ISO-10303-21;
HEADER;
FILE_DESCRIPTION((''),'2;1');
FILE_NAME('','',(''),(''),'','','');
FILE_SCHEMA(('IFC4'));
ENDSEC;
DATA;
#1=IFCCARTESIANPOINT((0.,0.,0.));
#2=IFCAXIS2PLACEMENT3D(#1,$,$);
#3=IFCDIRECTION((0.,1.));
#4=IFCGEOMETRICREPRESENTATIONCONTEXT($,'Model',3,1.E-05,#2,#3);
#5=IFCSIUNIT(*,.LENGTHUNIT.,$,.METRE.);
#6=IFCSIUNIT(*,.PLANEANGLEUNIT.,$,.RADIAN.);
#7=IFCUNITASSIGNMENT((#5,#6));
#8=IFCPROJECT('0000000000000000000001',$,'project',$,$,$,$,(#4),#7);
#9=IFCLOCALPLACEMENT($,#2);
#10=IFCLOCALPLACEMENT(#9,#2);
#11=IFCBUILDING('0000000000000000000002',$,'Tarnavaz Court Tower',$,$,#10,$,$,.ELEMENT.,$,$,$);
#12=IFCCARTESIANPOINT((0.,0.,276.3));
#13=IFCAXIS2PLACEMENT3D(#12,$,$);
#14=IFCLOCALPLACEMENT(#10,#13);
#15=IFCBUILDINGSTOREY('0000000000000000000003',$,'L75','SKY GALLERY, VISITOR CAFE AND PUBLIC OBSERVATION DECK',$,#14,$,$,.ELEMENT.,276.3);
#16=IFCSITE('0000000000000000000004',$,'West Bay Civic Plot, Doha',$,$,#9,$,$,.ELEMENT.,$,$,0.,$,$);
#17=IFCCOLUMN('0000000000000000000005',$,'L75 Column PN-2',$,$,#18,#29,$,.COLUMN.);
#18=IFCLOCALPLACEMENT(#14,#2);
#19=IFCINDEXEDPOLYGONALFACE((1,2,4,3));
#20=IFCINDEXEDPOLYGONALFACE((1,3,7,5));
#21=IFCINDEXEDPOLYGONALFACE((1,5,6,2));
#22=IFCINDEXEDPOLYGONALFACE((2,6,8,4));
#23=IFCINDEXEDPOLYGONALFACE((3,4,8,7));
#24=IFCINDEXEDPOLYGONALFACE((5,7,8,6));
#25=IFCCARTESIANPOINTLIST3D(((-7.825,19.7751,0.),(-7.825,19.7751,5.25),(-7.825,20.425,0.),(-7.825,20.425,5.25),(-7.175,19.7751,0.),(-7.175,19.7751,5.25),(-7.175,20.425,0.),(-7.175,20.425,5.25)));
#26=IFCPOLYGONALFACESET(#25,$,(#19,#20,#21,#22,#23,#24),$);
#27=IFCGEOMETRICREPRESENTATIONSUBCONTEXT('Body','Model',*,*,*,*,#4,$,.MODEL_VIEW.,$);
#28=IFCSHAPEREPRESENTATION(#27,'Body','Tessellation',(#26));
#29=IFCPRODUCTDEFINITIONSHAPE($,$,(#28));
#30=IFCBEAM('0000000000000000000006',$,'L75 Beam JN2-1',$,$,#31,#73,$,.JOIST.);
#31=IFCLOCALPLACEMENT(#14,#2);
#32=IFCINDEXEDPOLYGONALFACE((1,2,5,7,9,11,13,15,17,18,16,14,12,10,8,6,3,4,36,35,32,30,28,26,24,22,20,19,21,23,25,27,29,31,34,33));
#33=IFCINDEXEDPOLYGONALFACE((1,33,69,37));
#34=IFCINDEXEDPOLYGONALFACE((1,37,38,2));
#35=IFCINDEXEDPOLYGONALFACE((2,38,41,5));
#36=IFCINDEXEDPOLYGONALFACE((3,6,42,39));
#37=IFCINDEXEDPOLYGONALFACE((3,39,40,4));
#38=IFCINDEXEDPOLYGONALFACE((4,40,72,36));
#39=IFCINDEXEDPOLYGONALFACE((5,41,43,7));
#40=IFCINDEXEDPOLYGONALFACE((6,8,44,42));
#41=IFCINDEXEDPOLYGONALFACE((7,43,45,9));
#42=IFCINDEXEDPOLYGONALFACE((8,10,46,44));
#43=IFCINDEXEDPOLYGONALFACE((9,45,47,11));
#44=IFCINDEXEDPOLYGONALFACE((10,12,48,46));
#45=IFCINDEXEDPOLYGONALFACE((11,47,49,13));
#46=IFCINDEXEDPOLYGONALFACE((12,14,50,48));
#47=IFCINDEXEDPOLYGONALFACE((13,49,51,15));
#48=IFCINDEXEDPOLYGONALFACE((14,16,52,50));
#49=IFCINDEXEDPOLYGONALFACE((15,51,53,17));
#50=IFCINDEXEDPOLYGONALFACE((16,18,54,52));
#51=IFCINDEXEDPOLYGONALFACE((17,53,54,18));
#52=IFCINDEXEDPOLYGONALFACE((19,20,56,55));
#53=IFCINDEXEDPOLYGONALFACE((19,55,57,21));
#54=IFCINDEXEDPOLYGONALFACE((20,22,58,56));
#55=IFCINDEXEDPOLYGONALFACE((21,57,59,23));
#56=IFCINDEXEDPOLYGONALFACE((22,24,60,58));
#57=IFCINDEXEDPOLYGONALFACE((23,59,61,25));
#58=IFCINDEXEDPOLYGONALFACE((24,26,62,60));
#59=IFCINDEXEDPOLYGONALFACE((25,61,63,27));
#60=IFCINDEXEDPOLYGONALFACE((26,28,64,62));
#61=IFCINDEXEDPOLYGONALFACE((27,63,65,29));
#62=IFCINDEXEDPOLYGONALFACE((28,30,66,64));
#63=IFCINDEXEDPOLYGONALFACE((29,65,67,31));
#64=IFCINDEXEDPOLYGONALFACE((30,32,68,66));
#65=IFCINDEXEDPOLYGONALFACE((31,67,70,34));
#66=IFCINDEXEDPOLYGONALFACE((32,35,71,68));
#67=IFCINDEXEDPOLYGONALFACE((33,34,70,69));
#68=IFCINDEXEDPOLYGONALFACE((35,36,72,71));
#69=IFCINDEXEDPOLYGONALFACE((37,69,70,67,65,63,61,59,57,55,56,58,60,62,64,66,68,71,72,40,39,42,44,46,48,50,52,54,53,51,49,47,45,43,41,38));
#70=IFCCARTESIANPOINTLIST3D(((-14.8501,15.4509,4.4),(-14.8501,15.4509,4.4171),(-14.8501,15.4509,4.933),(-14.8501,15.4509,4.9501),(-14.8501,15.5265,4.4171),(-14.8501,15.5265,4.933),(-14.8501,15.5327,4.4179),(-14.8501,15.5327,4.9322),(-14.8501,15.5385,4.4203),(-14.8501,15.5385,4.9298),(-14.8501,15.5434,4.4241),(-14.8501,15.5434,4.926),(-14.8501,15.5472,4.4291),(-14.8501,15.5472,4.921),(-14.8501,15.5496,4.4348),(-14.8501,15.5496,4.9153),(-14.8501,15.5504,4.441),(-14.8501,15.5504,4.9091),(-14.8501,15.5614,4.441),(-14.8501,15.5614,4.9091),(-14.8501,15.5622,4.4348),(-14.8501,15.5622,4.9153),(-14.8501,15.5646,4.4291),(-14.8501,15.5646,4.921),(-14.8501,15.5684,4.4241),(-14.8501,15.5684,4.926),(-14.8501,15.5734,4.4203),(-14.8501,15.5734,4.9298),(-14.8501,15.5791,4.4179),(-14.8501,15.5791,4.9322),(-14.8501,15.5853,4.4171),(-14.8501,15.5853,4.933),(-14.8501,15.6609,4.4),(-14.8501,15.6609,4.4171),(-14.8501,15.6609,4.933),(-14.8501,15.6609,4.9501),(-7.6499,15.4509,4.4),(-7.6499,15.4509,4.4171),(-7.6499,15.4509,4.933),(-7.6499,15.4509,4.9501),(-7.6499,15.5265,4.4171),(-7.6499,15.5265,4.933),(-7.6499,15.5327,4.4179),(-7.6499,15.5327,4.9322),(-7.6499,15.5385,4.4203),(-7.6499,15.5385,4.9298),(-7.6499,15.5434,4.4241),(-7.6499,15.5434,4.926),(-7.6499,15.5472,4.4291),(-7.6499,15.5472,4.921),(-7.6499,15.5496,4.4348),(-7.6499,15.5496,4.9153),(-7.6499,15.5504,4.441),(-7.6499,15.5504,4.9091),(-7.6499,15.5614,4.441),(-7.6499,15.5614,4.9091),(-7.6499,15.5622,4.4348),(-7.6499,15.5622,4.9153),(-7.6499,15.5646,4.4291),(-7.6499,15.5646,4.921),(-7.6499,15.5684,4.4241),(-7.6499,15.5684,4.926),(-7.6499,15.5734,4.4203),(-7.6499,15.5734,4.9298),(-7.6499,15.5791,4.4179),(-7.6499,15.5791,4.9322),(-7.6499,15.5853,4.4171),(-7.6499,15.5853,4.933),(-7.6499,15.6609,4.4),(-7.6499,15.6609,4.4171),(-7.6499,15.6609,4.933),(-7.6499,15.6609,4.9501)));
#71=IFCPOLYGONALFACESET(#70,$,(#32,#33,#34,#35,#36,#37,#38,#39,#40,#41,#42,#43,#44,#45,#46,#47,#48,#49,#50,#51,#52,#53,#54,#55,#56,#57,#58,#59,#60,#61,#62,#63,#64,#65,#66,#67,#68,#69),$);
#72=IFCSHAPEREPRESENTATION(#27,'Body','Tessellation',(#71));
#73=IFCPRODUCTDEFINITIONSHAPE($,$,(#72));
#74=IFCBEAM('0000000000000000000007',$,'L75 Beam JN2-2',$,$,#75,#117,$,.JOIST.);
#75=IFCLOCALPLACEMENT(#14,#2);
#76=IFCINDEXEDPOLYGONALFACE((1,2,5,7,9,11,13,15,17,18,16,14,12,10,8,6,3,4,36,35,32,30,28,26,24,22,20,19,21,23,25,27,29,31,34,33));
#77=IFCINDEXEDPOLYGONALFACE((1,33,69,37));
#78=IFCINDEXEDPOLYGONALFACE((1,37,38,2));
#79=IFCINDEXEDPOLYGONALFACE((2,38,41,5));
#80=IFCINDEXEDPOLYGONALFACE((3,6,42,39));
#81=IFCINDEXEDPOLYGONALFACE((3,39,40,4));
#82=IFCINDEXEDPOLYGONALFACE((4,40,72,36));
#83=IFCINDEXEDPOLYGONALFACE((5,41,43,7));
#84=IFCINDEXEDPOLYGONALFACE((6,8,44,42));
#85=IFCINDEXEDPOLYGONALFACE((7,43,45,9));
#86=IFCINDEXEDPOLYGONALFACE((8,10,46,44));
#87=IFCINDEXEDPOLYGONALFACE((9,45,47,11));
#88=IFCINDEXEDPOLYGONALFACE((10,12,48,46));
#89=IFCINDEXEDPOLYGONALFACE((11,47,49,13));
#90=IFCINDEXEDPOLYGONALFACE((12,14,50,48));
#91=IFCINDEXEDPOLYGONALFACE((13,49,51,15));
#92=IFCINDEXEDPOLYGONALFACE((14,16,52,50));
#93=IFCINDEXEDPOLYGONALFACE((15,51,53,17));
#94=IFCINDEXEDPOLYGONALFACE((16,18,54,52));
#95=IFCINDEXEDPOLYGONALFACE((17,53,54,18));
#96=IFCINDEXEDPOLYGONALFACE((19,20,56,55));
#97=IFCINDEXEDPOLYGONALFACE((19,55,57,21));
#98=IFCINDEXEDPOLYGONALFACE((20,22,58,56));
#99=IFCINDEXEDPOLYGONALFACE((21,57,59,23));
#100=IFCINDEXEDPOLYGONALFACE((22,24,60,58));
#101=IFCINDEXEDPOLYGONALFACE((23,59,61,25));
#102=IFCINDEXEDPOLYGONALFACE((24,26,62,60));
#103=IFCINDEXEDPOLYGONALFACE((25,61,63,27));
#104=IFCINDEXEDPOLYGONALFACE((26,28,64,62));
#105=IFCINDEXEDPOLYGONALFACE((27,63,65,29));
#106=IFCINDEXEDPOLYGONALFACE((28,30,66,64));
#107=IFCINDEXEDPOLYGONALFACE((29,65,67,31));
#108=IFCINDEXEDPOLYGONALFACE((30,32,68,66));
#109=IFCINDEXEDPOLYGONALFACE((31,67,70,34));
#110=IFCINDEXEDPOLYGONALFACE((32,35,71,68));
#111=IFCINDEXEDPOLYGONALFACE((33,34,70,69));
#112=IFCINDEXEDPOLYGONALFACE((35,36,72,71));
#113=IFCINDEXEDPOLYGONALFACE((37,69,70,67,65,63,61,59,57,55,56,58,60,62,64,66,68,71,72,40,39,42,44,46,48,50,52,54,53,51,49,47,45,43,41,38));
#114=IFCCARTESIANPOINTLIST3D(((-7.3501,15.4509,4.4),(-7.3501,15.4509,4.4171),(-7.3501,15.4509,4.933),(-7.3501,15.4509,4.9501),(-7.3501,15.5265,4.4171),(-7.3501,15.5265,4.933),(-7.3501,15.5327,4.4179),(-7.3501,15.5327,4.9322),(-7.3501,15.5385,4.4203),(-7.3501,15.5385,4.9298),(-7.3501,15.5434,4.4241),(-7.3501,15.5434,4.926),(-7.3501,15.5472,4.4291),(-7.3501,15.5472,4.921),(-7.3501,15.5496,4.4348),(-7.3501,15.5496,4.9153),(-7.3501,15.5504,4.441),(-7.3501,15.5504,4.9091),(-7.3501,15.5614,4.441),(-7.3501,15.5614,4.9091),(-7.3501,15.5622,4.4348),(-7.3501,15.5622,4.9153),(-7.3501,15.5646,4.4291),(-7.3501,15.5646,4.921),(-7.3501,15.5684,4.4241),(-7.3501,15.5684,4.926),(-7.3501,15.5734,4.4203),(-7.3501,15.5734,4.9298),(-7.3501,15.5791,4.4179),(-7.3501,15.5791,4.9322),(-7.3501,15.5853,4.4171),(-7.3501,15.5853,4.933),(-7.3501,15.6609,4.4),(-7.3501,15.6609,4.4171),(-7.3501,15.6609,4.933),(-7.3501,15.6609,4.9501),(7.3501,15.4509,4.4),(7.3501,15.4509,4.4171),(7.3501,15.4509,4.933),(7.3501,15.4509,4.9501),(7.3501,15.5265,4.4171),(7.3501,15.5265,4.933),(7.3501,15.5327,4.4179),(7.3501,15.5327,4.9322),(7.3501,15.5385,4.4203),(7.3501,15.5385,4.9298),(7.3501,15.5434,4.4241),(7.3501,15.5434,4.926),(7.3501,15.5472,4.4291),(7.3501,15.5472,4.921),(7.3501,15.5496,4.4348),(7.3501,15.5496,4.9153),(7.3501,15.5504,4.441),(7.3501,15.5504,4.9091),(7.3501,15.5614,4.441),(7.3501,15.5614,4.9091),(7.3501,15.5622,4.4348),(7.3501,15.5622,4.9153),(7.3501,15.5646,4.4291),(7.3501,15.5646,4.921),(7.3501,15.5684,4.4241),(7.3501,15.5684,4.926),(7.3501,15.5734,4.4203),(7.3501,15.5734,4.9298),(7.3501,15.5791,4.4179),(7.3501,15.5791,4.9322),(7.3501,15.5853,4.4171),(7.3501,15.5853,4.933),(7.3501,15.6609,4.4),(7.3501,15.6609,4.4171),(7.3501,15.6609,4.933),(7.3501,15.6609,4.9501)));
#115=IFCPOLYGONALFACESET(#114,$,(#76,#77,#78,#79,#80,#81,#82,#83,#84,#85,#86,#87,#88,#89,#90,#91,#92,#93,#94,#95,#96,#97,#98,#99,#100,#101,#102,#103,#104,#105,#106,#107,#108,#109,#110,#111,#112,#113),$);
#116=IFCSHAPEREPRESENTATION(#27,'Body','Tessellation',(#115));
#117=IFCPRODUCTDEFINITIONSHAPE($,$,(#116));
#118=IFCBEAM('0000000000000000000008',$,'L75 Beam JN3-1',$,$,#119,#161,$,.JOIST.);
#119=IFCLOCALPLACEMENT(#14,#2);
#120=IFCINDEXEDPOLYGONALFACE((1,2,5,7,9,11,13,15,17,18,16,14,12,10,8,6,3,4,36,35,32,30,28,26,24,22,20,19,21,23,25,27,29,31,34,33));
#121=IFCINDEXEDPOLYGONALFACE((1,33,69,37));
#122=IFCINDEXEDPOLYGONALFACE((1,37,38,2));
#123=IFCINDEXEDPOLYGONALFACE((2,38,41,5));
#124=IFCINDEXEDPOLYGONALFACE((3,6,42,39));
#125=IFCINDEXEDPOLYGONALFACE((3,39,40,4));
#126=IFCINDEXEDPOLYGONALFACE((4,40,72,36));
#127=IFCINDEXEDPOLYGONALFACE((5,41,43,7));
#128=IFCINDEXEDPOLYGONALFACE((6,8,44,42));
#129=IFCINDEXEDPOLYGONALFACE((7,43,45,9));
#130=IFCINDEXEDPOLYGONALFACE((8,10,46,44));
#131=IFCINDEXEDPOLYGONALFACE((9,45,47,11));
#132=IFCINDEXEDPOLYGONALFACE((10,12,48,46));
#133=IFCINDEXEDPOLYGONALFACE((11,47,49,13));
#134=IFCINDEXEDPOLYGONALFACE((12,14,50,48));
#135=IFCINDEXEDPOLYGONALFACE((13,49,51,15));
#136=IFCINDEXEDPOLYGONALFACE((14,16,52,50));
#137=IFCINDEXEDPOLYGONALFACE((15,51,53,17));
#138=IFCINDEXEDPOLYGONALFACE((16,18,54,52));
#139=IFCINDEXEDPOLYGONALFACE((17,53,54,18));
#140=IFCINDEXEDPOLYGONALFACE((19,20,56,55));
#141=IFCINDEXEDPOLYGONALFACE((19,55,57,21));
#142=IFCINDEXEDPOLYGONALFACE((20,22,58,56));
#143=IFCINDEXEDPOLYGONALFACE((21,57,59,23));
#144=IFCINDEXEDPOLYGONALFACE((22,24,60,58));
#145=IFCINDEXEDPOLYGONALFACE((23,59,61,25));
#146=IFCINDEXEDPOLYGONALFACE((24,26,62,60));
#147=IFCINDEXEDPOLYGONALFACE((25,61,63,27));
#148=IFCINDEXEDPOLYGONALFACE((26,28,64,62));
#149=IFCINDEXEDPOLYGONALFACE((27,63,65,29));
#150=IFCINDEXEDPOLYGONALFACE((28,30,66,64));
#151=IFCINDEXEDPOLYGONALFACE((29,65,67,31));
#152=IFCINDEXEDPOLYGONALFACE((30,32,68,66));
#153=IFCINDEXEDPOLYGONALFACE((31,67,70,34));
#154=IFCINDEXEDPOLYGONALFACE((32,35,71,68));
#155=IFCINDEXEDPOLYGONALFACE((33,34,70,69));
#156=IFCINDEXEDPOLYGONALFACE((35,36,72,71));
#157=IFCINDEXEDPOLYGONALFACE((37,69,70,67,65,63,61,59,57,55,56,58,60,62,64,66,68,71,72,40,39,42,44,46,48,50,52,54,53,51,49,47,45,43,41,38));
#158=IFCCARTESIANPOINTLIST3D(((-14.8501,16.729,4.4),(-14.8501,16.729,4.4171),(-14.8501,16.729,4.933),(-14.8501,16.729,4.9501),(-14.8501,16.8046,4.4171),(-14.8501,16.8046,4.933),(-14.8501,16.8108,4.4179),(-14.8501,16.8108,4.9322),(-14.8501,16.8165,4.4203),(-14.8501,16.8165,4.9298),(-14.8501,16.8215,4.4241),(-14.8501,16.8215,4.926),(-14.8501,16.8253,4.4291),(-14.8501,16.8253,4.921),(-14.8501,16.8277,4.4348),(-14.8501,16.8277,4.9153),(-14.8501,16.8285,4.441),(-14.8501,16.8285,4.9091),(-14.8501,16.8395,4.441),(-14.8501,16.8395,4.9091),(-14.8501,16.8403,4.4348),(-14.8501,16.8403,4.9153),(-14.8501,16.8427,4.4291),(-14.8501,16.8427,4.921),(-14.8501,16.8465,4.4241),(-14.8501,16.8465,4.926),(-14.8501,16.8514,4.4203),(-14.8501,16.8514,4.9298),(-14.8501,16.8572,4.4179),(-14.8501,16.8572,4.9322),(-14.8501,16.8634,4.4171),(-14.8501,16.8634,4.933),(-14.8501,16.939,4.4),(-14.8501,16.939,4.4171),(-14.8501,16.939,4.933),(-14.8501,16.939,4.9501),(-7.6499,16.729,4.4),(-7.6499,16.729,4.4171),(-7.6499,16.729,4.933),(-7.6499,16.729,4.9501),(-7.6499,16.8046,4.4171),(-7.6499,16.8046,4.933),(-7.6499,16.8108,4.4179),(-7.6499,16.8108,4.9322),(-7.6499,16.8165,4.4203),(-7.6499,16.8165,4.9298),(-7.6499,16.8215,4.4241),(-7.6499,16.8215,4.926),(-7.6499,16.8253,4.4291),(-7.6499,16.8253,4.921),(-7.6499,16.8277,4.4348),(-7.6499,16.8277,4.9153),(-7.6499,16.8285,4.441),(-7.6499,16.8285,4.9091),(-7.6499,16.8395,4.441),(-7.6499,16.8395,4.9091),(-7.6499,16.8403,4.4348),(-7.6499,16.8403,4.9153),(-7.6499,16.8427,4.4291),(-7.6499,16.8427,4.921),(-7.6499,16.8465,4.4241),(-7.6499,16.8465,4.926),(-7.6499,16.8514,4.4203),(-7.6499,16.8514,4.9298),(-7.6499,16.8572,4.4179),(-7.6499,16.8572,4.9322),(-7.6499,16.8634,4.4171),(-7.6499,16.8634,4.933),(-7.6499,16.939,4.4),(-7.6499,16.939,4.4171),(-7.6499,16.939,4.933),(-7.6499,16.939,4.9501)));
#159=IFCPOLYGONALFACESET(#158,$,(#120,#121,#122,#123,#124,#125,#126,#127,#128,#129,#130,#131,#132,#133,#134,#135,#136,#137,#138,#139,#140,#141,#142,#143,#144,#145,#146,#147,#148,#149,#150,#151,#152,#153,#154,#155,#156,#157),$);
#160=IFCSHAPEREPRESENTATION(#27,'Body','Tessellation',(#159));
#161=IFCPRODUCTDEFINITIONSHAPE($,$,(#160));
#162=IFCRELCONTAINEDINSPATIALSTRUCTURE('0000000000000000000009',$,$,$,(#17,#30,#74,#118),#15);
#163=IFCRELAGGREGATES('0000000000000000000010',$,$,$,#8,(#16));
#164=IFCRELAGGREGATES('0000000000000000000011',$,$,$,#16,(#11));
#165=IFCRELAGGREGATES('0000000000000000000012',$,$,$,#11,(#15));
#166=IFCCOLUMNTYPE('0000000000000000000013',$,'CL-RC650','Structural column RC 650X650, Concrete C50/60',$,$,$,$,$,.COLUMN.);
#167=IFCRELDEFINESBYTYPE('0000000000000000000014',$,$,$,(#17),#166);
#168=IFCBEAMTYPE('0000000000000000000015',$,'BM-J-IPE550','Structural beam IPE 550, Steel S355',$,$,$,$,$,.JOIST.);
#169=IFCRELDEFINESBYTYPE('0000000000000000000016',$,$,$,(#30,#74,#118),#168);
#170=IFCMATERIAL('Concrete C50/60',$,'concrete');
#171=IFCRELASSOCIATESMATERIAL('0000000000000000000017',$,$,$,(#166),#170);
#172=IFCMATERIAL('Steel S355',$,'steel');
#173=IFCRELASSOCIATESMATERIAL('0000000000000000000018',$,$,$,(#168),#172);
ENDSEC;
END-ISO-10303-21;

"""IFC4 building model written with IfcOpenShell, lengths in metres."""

from ifc_helpers import new_model, si_unit, direction, frame, origin, origin_2d, place, context, subcontext, project, spatial, rectangle, i_section, extrude, material, material_profile, profile_set, type_object, element, save


model = new_model("IFC4")

# Units and contexts
model_context = context("Model", 3, precision=1e-05, world=origin(), true_north=direction((0.0, 1.0)))
body_context = subcontext(model_context, "Body", "Model", "MODEL_VIEW")
ifc_project = project(units=[si_unit("LENGTHUNIT", "METRE"), si_unit("PLANEANGLEUNIT", "RADIAN")], contexts=[model_context])

# Site, building, storey
site_placement = place(None, origin())
site = spatial("IfcSite", under=ifc_project, at=site_placement, Name="West Bay Civic Plot, Doha", CompositionType="ELEMENT", RefElevation=0.0)
building_placement = place(site_placement, origin())
building = spatial("IfcBuilding", under=site, at=building_placement, Name="Tarnavaz Court Tower", CompositionType="ELEMENT")
storey_placement = place(building_placement, frame((0.0, 0.0, 276.3)))
storey = spatial("IfcBuildingStorey", under=building, at=storey_placement, Name="L75", Description="SKY GALLERY, VISITOR CAFE AND PUBLIC OBSERVATION DECK", CompositionType="ELEMENT", Elevation=276.3)

# Column
ifc_material_1 = material(Name="Concrete C50/60", Category="concrete")
ifc_material_profile_1 = material_profile(ifc_material_1, rectangle(XDim=0.6499, YDim=0.6499, at=origin_2d()), Name="RC 650X650")
ifc_profile_set_1 = profile_set([ifc_material_profile_1], Name="Concrete C50/60")
column_type = type_object("IfcColumnType", Name="CL-RC650", Description="Structural column RC 650X650, Concrete C50/60", PredefinedType="COLUMN", material=ifc_profile_set_1)
column_placement = place(storey_placement, frame((-7.5, 20.1001, 0.0), z_axis=(0.0, 0.0, 1.0), x_axis=(1.0, 0.0, 0.0)))
element("IfcColumn", 1, at=column_placement, inside=storey, type_object=column_type, Name="L75 Column PN-2", PredefinedType="COLUMN", context=body_context, shape_type="SweptSolid", body=[
    extrude(rectangle(XDim=0.6499, YDim=0.6499, at=origin_2d()), origin(), (0.0, 0.0, 1.0), 5.25),
])

# Beams
ifc_material_2 = material(Name="Steel S355", Category="steel")
ifc_material_profile_2 = material_profile(ifc_material_2, i_section(OverallWidth=0.21, OverallDepth=0.55, WebThickness=0.011, FlangeThickness=0.0171, FilletRadius=0.0239, at=origin_2d()), Name="IPE 550")
ifc_profile_set_2 = profile_set([ifc_material_profile_2], Name="Steel S355")
beam_type_1 = type_object("IfcBeamType", Name="BM-J-IPE550", Description="Structural beam IPE 550, Steel S355", PredefinedType="JOIST", material=ifc_profile_set_2)
beam_1_placement = place(storey_placement, frame((-14.8501, 15.5559, 4.675), z_axis=(1.0, 0.0, 0.0), x_axis=(0.0, 1.0, 0.0)))
element("IfcBeam", 2, at=beam_1_placement, inside=storey, type_object=beam_type_1, Name="L75 Beam JN2-1", PredefinedType="JOIST", context=body_context, shape_type="SweptSolid", body=[
    extrude(i_section(OverallWidth=0.21, OverallDepth=0.55, WebThickness=0.011, FlangeThickness=0.0171, FilletRadius=0.0239, at=origin_2d()), origin(), (0.0, 0.0, 1.0), 7.2002),
])
beam_2_placement = place(storey_placement, frame((-7.3501, 15.5559, 4.675), z_axis=(1.0, 0.0, 0.0), x_axis=(0.0, 1.0, 0.0)))
element("IfcBeam", 3, at=beam_2_placement, inside=storey, type_object=beam_type_1, Name="L75 Beam JN2-2", PredefinedType="JOIST", context=body_context, shape_type="SweptSolid", body=[
    extrude(i_section(OverallWidth=0.21, OverallDepth=0.55, WebThickness=0.011, FlangeThickness=0.0171, FilletRadius=0.0239, at=origin_2d()), origin(), (0.0, 0.0, 1.0), 14.7002),
])
beam_3_placement = place(storey_placement, frame((-14.8501, 16.834, 4.675), z_axis=(1.0, 0.0, 0.0), x_axis=(0.0, 1.0, 0.0)))
element("IfcBeam", 4, at=beam_3_placement, inside=storey, type_object=beam_type_1, Name="L75 Beam JN3-1", PredefinedType="JOIST", context=body_context, shape_type="SweptSolid", body=[
    extrude(i_section(OverallWidth=0.21, OverallDepth=0.55, WebThickness=0.011, FlangeThickness=0.0171, FilletRadius=0.0239, at=origin_2d()), origin(), (0.0, 0.0, 1.0), 7.2002),
])

save(model, "model.ifc")
